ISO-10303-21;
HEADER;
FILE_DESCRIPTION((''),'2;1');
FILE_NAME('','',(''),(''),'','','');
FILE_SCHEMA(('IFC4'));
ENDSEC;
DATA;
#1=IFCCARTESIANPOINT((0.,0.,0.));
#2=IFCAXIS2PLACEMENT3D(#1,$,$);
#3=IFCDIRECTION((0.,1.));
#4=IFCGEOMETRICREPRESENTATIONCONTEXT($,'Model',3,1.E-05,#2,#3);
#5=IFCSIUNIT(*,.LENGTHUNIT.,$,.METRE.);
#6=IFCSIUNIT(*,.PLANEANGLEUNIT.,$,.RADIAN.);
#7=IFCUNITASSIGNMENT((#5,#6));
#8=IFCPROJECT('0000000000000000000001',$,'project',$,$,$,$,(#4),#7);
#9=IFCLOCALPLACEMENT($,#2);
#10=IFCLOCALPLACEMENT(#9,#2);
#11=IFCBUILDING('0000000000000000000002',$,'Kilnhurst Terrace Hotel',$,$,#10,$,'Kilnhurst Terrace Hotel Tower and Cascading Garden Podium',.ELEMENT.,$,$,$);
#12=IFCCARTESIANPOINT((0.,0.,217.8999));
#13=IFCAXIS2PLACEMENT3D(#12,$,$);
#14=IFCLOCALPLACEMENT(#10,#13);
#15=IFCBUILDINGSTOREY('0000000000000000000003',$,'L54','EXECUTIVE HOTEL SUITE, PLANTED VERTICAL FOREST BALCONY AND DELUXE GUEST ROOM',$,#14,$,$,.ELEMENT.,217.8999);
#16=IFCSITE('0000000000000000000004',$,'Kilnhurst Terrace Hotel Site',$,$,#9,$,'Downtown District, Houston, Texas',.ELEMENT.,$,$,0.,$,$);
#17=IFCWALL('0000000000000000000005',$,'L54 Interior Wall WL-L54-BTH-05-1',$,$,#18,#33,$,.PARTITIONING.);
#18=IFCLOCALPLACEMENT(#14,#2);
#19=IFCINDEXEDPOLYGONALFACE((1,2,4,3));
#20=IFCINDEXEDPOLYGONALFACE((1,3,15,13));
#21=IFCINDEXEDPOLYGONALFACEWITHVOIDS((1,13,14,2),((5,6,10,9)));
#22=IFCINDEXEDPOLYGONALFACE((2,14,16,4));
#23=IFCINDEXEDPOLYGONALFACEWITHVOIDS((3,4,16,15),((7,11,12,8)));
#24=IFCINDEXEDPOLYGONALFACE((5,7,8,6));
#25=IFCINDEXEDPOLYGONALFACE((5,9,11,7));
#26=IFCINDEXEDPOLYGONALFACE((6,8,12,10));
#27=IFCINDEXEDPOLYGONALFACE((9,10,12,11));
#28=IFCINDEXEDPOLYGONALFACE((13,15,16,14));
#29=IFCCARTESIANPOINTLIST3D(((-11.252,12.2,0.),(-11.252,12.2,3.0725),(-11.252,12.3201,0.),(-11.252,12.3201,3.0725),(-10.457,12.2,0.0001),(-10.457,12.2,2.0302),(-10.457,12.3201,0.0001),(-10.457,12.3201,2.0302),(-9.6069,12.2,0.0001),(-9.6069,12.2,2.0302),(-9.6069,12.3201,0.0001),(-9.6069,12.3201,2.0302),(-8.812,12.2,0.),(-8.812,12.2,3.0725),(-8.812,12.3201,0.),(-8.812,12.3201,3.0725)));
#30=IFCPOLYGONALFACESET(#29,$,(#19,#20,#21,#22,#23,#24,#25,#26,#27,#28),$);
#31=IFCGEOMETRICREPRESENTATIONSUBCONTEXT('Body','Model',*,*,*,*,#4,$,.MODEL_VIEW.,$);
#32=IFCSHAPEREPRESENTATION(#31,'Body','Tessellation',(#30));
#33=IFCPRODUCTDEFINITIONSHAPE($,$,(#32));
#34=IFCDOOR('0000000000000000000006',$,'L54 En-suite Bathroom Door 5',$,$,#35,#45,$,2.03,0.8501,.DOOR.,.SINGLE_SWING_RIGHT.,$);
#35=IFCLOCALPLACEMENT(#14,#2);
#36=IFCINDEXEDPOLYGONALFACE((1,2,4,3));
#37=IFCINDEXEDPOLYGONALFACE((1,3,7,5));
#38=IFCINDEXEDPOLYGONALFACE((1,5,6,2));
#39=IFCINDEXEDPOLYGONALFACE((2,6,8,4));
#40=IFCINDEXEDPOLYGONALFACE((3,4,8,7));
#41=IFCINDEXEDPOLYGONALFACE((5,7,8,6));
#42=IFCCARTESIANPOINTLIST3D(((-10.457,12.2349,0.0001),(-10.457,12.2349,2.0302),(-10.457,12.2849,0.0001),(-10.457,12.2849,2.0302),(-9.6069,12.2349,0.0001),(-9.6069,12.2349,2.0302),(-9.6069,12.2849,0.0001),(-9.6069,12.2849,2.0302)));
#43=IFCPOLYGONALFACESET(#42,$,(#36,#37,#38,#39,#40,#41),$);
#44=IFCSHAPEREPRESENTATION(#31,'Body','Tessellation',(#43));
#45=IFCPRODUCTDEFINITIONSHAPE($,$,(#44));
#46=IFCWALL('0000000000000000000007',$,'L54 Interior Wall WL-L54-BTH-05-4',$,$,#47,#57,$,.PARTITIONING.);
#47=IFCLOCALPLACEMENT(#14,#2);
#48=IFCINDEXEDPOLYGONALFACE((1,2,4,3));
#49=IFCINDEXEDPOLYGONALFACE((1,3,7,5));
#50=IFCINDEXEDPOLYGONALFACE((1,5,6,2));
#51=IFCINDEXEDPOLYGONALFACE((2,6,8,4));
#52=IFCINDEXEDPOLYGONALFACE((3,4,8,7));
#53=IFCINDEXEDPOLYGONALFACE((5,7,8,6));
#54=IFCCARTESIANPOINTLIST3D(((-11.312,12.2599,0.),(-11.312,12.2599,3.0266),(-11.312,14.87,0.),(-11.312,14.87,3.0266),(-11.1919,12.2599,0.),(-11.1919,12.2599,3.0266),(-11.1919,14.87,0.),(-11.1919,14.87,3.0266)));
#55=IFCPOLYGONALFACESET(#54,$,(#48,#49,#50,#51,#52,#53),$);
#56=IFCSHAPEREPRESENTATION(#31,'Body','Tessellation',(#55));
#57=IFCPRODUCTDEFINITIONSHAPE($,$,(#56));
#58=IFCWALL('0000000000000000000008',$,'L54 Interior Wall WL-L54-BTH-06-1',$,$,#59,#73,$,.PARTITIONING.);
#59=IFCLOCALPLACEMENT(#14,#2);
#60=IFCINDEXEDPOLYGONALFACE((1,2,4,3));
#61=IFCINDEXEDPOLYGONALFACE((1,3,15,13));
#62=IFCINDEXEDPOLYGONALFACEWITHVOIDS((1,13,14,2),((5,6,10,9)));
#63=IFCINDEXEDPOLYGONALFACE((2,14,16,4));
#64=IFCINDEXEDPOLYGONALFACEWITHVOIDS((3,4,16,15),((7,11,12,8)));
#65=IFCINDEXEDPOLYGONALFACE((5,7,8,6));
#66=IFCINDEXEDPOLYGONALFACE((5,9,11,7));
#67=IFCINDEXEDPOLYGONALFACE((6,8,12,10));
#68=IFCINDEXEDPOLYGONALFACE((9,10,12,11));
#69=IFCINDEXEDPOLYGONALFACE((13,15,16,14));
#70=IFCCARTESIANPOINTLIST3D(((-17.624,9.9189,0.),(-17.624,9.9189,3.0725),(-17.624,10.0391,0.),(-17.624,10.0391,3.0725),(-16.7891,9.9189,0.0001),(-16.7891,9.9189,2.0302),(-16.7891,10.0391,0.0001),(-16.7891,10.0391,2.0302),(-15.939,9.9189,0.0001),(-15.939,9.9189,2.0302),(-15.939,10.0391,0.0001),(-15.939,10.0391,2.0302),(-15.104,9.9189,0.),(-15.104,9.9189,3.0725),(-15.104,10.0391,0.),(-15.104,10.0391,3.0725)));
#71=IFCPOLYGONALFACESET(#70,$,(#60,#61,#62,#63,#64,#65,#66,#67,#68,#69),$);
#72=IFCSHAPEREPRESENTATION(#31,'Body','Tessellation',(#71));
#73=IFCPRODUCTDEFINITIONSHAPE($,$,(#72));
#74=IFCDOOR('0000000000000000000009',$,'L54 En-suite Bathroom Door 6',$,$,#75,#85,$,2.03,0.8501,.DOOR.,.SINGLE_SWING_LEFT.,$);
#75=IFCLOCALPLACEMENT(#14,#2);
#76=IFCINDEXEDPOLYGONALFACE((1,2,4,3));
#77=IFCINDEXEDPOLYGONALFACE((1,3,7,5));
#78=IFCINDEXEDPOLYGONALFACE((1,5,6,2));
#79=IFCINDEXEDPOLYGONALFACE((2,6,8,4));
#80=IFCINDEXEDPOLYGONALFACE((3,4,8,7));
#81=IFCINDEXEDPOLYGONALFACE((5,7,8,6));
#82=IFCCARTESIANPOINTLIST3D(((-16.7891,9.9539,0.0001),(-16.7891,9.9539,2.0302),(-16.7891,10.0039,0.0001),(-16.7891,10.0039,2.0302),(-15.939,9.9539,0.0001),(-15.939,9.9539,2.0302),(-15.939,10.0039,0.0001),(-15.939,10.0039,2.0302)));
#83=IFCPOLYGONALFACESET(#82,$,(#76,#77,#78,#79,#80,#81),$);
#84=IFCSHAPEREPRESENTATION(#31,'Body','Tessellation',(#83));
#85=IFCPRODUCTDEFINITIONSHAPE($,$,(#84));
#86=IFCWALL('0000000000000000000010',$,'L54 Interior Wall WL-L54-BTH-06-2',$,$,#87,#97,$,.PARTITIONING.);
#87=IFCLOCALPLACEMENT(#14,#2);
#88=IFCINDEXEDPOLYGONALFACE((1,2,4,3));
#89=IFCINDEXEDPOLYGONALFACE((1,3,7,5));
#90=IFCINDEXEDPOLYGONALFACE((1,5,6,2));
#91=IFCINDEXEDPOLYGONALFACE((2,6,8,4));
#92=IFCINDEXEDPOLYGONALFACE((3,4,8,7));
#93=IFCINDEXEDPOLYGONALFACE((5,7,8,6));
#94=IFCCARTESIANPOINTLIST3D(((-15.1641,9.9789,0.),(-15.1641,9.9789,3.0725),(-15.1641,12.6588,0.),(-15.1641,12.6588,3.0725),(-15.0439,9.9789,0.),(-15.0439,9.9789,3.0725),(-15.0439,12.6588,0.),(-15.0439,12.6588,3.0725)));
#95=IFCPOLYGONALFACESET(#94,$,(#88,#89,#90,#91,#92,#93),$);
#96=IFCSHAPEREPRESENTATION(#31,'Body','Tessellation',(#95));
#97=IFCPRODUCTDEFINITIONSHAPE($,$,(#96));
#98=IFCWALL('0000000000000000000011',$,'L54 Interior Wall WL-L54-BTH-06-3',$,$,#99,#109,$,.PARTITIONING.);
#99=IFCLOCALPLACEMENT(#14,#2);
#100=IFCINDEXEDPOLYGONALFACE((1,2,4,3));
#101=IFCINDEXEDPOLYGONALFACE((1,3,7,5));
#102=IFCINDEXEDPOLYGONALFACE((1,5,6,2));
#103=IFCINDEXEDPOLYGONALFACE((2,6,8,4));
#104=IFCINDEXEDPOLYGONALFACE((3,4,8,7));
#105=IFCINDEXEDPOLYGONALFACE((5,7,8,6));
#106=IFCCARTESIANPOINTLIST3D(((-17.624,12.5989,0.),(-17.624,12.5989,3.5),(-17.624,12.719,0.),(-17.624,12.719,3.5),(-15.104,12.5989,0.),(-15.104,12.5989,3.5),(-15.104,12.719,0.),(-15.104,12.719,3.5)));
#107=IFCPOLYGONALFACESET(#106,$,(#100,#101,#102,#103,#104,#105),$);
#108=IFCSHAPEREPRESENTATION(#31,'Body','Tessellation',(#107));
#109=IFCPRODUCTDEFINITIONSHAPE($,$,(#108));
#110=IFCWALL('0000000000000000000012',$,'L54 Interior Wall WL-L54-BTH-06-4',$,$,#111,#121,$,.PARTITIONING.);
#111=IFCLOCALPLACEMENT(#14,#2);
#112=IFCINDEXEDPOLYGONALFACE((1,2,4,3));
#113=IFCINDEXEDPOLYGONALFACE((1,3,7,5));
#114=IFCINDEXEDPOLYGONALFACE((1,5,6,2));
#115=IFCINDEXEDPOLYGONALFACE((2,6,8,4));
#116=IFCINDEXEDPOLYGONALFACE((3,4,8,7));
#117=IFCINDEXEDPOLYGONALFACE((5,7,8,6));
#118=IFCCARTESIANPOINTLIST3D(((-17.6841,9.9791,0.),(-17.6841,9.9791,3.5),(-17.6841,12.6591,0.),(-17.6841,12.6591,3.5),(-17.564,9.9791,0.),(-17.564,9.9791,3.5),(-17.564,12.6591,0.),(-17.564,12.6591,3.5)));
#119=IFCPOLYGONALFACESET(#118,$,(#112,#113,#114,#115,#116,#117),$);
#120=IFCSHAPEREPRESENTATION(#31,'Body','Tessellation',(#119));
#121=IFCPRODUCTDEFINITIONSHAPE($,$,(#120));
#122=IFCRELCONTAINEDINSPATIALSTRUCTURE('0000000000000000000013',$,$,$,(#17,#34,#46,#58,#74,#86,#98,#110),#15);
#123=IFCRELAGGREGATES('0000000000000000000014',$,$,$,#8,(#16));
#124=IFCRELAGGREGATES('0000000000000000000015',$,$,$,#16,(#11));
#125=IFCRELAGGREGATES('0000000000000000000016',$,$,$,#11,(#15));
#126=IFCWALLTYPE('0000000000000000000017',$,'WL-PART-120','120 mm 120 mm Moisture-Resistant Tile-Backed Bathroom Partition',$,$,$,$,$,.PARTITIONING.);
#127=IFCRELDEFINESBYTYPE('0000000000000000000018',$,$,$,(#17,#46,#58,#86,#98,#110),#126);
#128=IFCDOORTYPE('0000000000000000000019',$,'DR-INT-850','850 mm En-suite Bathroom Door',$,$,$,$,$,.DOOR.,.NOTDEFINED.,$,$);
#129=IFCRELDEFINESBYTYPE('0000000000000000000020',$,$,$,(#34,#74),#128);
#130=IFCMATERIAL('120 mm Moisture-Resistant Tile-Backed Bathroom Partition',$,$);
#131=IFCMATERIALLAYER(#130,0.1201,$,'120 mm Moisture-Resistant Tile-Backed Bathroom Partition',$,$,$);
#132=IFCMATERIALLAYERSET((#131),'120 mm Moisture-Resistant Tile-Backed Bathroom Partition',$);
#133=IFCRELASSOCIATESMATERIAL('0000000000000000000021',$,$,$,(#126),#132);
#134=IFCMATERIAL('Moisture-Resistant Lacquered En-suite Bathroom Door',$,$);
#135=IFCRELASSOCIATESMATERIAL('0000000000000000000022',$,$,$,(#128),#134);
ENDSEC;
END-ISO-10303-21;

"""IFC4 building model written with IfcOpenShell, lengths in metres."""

from ifc_helpers import new_model, si_unit, direction, frame, frame_2d, origin, place, context, subcontext, project, spatial, rectangle, extrude, material, layer, layer_set, type_object, element, fill, save


model = new_model("IFC4")

# Units and contexts
model_context = context("Model", 3, precision=1e-05, world=origin(), true_north=direction((0.0, 1.0)))
body_context = subcontext(model_context, "Body", "Model", "MODEL_VIEW")
ifc_project = project(units=[si_unit("LENGTHUNIT", "METRE"), si_unit("PLANEANGLEUNIT", "RADIAN")], contexts=[model_context])

# Site, building, storey
site_placement = place(None, origin())
site = spatial("IfcSite", under=ifc_project, at=site_placement, Name="Kilnhurst Terrace Hotel Site", LongName="Downtown District, Houston, Texas", CompositionType="ELEMENT", RefElevation=0.0)
building_placement = place(site_placement, origin())
building = spatial("IfcBuilding", under=site, at=building_placement, Name="Kilnhurst Terrace Hotel", LongName="Kilnhurst Terrace Hotel Tower and Cascading Garden Podium", CompositionType="ELEMENT")
storey_placement = place(building_placement, frame((0.0, 0.0, 217.8999)))
storey = spatial("IfcBuildingStorey", under=building, at=storey_placement, Name="L54", Description="EXECUTIVE HOTEL SUITE, PLANTED VERTICAL FOREST BALCONY AND DELUXE GUEST ROOM", CompositionType="ELEMENT", Elevation=217.8999)

# Wall, opening, door
ifc_material_1 = material(Name="120 mm Moisture-Resistant Tile-Backed Bathroom Partition")
ifc_layer_1 = layer(ifc_material_1, 0.1201, Name="120 mm Moisture-Resistant Tile-Backed Bathroom Partition")
ifc_layer_set_1 = layer_set([ifc_layer_1], Name="120 mm Moisture-Resistant Tile-Backed Bathroom Partition")
wall_type_1 = type_object("IfcWallType", Name="WL-PART-120", Description="120 mm 120 mm Moisture-Resistant Tile-Backed Bathroom Partition", PredefinedType="PARTITIONING", material=ifc_layer_set_1)
wall_1_placement = place(storey_placement, frame((-11.252, 12.26, 0.0), z_axis=(0.0, 0.0, 1.0), x_axis=(1.0, 0.0, 0.0)))
wall_1 = element("IfcWall", 1, at=wall_1_placement, inside=storey, type_object=wall_type_1, Name="L54 Interior Wall WL-L54-BTH-05-1", PredefinedType="PARTITIONING", context=body_context, shape_type="SweptSolid", body=[
    extrude(rectangle(XDim=2.4399, YDim=0.1201, at=frame_2d((1.22, 0.0))), origin(), (0.0, 0.0, 1.0), 3.0725),
])
opening_1_placement = place(wall_1_placement, frame((0.7949, 0.0, 0.0)))
opening_1 = element("IfcOpeningElement", 2, at=opening_1_placement, cuts=wall_1, PredefinedType="OPENING", context=body_context, shape_type="SweptSolid", body=[
    extrude(rectangle(XDim=0.8501, YDim=2.03, at=frame_2d((0.425, 1.0151))), frame((0.0, 0.0701, 0.0), z_axis=(0.0, -1.0, 0.0), x_axis=(1.0, 0.0, 0.0)), (0.0, 0.0, 1.0), 0.1401),
])
ifc_material_2 = material(Name="Moisture-Resistant Lacquered En-suite Bathroom Door")
door_type_1 = type_object("IfcDoorType", Name="DR-INT-850", Description="850 mm En-suite Bathroom Door", OperationType="NOTDEFINED", PredefinedType="DOOR", material=ifc_material_2)
door_1_placement = place(opening_1_placement, origin())
door_1 = element("IfcDoor", 3, at=door_1_placement, inside=storey, type_object=door_type_1, Name="L54 En-suite Bathroom Door 5", OperationType="SINGLE_SWING_RIGHT", OverallHeight=2.03, OverallWidth=0.8501, PredefinedType="DOOR", context=body_context, shape_type="SweptSolid", body=[
    extrude(rectangle(XDim=0.8501, YDim=2.03, at=frame_2d((0.425, 1.0151))), frame((0.0, 0.0249, 0.0), z_axis=(0.0, -1.0, 0.0), x_axis=(1.0, 0.0, 0.0)), (0.0, 0.0, 1.0), 0.05),
])
fill(opening_1, door_1)

# Wall
wall_2_placement = place(storey_placement, frame((-11.252, 14.8701, 0.0), z_axis=(0.0, 0.0, 1.0), x_axis=(0.0, -1.0, 0.0)))
element("IfcWall", 4, at=wall_2_placement, inside=storey, type_object=wall_type_1, Name="L54 Interior Wall WL-L54-BTH-05-4", PredefinedType="PARTITIONING", context=body_context, shape_type="SweptSolid", body=[
    extrude(rectangle(XDim=2.6101, YDim=0.1201, at=frame_2d((1.3052, 0.0))), origin(), (0.0, 0.0, 1.0), 3.0266),
])

# Wall, opening, door
wall_3_placement = place(storey_placement, frame((-17.624, 9.979, 0.0), z_axis=(0.0, 0.0, 1.0), x_axis=(1.0, 0.0, 0.0)))
wall_3 = element("IfcWall", 5, at=wall_3_placement, inside=storey, type_object=wall_type_1, Name="L54 Interior Wall WL-L54-BTH-06-1", PredefinedType="PARTITIONING", context=body_context, shape_type="SweptSolid", body=[
    extrude(rectangle(XDim=2.52, YDim=0.1201, at=frame_2d((1.26, 0.0))), origin(), (0.0, 0.0, 1.0), 3.0725),
])
opening_2_placement = place(wall_3_placement, frame((0.835, 0.0, 0.0)))
opening_2 = element("IfcOpeningElement", 6, at=opening_2_placement, cuts=wall_3, PredefinedType="OPENING", context=body_context, shape_type="SweptSolid", body=[
    extrude(rectangle(XDim=0.8501, YDim=2.03, at=frame_2d((0.425, 1.0151))), frame((0.0, 0.0701, 0.0), z_axis=(0.0, -1.0, 0.0), x_axis=(1.0, 0.0, 0.0)), (0.0, 0.0, 1.0), 0.1401),
])
door_2_placement = place(opening_2_placement, origin())
door_2 = element("IfcDoor", 7, at=door_2_placement, inside=storey, type_object=door_type_1, Name="L54 En-suite Bathroom Door 6", OperationType="SINGLE_SWING_LEFT", OverallHeight=2.03, OverallWidth=0.8501, PredefinedType="DOOR", context=body_context, shape_type="SweptSolid", body=[
    extrude(rectangle(XDim=0.8501, YDim=2.03, at=frame_2d((0.425, 1.0151))), frame((0.0, 0.0249, 0.0), z_axis=(0.0, -1.0, 0.0), x_axis=(1.0, 0.0, 0.0)), (0.0, 0.0, 1.0), 0.05),
])
fill(opening_2, door_2)

# Walls
wall_4_placement = place(storey_placement, frame((-15.104, 9.979, 0.0), z_axis=(0.0, 0.0, 1.0), x_axis=(0.0, 1.0, 0.0)))
element("IfcWall", 8, at=wall_4_placement, inside=storey, type_object=wall_type_1, Name="L54 Interior Wall WL-L54-BTH-06-2", PredefinedType="PARTITIONING", context=body_context, shape_type="SweptSolid", body=[
    extrude(rectangle(XDim=2.6799, YDim=0.1201, at=frame_2d((1.3398, 0.0))), origin(), (0.0, 0.0, 1.0), 3.0725),
])
wall_5_placement = place(storey_placement, frame((-15.104, 12.6589, 0.0), z_axis=(0.0, 0.0, 1.0), x_axis=(-1.0, 0.0, 0.0)))
element("IfcWall", 9, at=wall_5_placement, inside=storey, type_object=wall_type_1, Name="L54 Interior Wall WL-L54-BTH-06-3", PredefinedType="PARTITIONING", context=body_context, shape_type="SweptSolid", body=[
    extrude(rectangle(XDim=2.52, YDim=0.1201, at=frame_2d((1.26, 0.0))), origin(), (0.0, 0.0, 1.0), 3.5),
])
wall_6_placement = place(storey_placement, frame((-17.624, 12.6589, 0.0), z_axis=(0.0, 0.0, 1.0), x_axis=(0.0, -1.0, 0.0)))
element("IfcWall", 10, at=wall_6_placement, inside=storey, type_object=wall_type_1, Name="L54 Interior Wall WL-L54-BTH-06-4", PredefinedType="PARTITIONING", context=body_context, shape_type="SweptSolid", body=[
    extrude(rectangle(XDim=2.6799, YDim=0.1201, at=frame_2d((1.3398, 0.0))), origin(), (0.0, 0.0, 1.0), 3.5),
])

save(model, "model.ifc")
